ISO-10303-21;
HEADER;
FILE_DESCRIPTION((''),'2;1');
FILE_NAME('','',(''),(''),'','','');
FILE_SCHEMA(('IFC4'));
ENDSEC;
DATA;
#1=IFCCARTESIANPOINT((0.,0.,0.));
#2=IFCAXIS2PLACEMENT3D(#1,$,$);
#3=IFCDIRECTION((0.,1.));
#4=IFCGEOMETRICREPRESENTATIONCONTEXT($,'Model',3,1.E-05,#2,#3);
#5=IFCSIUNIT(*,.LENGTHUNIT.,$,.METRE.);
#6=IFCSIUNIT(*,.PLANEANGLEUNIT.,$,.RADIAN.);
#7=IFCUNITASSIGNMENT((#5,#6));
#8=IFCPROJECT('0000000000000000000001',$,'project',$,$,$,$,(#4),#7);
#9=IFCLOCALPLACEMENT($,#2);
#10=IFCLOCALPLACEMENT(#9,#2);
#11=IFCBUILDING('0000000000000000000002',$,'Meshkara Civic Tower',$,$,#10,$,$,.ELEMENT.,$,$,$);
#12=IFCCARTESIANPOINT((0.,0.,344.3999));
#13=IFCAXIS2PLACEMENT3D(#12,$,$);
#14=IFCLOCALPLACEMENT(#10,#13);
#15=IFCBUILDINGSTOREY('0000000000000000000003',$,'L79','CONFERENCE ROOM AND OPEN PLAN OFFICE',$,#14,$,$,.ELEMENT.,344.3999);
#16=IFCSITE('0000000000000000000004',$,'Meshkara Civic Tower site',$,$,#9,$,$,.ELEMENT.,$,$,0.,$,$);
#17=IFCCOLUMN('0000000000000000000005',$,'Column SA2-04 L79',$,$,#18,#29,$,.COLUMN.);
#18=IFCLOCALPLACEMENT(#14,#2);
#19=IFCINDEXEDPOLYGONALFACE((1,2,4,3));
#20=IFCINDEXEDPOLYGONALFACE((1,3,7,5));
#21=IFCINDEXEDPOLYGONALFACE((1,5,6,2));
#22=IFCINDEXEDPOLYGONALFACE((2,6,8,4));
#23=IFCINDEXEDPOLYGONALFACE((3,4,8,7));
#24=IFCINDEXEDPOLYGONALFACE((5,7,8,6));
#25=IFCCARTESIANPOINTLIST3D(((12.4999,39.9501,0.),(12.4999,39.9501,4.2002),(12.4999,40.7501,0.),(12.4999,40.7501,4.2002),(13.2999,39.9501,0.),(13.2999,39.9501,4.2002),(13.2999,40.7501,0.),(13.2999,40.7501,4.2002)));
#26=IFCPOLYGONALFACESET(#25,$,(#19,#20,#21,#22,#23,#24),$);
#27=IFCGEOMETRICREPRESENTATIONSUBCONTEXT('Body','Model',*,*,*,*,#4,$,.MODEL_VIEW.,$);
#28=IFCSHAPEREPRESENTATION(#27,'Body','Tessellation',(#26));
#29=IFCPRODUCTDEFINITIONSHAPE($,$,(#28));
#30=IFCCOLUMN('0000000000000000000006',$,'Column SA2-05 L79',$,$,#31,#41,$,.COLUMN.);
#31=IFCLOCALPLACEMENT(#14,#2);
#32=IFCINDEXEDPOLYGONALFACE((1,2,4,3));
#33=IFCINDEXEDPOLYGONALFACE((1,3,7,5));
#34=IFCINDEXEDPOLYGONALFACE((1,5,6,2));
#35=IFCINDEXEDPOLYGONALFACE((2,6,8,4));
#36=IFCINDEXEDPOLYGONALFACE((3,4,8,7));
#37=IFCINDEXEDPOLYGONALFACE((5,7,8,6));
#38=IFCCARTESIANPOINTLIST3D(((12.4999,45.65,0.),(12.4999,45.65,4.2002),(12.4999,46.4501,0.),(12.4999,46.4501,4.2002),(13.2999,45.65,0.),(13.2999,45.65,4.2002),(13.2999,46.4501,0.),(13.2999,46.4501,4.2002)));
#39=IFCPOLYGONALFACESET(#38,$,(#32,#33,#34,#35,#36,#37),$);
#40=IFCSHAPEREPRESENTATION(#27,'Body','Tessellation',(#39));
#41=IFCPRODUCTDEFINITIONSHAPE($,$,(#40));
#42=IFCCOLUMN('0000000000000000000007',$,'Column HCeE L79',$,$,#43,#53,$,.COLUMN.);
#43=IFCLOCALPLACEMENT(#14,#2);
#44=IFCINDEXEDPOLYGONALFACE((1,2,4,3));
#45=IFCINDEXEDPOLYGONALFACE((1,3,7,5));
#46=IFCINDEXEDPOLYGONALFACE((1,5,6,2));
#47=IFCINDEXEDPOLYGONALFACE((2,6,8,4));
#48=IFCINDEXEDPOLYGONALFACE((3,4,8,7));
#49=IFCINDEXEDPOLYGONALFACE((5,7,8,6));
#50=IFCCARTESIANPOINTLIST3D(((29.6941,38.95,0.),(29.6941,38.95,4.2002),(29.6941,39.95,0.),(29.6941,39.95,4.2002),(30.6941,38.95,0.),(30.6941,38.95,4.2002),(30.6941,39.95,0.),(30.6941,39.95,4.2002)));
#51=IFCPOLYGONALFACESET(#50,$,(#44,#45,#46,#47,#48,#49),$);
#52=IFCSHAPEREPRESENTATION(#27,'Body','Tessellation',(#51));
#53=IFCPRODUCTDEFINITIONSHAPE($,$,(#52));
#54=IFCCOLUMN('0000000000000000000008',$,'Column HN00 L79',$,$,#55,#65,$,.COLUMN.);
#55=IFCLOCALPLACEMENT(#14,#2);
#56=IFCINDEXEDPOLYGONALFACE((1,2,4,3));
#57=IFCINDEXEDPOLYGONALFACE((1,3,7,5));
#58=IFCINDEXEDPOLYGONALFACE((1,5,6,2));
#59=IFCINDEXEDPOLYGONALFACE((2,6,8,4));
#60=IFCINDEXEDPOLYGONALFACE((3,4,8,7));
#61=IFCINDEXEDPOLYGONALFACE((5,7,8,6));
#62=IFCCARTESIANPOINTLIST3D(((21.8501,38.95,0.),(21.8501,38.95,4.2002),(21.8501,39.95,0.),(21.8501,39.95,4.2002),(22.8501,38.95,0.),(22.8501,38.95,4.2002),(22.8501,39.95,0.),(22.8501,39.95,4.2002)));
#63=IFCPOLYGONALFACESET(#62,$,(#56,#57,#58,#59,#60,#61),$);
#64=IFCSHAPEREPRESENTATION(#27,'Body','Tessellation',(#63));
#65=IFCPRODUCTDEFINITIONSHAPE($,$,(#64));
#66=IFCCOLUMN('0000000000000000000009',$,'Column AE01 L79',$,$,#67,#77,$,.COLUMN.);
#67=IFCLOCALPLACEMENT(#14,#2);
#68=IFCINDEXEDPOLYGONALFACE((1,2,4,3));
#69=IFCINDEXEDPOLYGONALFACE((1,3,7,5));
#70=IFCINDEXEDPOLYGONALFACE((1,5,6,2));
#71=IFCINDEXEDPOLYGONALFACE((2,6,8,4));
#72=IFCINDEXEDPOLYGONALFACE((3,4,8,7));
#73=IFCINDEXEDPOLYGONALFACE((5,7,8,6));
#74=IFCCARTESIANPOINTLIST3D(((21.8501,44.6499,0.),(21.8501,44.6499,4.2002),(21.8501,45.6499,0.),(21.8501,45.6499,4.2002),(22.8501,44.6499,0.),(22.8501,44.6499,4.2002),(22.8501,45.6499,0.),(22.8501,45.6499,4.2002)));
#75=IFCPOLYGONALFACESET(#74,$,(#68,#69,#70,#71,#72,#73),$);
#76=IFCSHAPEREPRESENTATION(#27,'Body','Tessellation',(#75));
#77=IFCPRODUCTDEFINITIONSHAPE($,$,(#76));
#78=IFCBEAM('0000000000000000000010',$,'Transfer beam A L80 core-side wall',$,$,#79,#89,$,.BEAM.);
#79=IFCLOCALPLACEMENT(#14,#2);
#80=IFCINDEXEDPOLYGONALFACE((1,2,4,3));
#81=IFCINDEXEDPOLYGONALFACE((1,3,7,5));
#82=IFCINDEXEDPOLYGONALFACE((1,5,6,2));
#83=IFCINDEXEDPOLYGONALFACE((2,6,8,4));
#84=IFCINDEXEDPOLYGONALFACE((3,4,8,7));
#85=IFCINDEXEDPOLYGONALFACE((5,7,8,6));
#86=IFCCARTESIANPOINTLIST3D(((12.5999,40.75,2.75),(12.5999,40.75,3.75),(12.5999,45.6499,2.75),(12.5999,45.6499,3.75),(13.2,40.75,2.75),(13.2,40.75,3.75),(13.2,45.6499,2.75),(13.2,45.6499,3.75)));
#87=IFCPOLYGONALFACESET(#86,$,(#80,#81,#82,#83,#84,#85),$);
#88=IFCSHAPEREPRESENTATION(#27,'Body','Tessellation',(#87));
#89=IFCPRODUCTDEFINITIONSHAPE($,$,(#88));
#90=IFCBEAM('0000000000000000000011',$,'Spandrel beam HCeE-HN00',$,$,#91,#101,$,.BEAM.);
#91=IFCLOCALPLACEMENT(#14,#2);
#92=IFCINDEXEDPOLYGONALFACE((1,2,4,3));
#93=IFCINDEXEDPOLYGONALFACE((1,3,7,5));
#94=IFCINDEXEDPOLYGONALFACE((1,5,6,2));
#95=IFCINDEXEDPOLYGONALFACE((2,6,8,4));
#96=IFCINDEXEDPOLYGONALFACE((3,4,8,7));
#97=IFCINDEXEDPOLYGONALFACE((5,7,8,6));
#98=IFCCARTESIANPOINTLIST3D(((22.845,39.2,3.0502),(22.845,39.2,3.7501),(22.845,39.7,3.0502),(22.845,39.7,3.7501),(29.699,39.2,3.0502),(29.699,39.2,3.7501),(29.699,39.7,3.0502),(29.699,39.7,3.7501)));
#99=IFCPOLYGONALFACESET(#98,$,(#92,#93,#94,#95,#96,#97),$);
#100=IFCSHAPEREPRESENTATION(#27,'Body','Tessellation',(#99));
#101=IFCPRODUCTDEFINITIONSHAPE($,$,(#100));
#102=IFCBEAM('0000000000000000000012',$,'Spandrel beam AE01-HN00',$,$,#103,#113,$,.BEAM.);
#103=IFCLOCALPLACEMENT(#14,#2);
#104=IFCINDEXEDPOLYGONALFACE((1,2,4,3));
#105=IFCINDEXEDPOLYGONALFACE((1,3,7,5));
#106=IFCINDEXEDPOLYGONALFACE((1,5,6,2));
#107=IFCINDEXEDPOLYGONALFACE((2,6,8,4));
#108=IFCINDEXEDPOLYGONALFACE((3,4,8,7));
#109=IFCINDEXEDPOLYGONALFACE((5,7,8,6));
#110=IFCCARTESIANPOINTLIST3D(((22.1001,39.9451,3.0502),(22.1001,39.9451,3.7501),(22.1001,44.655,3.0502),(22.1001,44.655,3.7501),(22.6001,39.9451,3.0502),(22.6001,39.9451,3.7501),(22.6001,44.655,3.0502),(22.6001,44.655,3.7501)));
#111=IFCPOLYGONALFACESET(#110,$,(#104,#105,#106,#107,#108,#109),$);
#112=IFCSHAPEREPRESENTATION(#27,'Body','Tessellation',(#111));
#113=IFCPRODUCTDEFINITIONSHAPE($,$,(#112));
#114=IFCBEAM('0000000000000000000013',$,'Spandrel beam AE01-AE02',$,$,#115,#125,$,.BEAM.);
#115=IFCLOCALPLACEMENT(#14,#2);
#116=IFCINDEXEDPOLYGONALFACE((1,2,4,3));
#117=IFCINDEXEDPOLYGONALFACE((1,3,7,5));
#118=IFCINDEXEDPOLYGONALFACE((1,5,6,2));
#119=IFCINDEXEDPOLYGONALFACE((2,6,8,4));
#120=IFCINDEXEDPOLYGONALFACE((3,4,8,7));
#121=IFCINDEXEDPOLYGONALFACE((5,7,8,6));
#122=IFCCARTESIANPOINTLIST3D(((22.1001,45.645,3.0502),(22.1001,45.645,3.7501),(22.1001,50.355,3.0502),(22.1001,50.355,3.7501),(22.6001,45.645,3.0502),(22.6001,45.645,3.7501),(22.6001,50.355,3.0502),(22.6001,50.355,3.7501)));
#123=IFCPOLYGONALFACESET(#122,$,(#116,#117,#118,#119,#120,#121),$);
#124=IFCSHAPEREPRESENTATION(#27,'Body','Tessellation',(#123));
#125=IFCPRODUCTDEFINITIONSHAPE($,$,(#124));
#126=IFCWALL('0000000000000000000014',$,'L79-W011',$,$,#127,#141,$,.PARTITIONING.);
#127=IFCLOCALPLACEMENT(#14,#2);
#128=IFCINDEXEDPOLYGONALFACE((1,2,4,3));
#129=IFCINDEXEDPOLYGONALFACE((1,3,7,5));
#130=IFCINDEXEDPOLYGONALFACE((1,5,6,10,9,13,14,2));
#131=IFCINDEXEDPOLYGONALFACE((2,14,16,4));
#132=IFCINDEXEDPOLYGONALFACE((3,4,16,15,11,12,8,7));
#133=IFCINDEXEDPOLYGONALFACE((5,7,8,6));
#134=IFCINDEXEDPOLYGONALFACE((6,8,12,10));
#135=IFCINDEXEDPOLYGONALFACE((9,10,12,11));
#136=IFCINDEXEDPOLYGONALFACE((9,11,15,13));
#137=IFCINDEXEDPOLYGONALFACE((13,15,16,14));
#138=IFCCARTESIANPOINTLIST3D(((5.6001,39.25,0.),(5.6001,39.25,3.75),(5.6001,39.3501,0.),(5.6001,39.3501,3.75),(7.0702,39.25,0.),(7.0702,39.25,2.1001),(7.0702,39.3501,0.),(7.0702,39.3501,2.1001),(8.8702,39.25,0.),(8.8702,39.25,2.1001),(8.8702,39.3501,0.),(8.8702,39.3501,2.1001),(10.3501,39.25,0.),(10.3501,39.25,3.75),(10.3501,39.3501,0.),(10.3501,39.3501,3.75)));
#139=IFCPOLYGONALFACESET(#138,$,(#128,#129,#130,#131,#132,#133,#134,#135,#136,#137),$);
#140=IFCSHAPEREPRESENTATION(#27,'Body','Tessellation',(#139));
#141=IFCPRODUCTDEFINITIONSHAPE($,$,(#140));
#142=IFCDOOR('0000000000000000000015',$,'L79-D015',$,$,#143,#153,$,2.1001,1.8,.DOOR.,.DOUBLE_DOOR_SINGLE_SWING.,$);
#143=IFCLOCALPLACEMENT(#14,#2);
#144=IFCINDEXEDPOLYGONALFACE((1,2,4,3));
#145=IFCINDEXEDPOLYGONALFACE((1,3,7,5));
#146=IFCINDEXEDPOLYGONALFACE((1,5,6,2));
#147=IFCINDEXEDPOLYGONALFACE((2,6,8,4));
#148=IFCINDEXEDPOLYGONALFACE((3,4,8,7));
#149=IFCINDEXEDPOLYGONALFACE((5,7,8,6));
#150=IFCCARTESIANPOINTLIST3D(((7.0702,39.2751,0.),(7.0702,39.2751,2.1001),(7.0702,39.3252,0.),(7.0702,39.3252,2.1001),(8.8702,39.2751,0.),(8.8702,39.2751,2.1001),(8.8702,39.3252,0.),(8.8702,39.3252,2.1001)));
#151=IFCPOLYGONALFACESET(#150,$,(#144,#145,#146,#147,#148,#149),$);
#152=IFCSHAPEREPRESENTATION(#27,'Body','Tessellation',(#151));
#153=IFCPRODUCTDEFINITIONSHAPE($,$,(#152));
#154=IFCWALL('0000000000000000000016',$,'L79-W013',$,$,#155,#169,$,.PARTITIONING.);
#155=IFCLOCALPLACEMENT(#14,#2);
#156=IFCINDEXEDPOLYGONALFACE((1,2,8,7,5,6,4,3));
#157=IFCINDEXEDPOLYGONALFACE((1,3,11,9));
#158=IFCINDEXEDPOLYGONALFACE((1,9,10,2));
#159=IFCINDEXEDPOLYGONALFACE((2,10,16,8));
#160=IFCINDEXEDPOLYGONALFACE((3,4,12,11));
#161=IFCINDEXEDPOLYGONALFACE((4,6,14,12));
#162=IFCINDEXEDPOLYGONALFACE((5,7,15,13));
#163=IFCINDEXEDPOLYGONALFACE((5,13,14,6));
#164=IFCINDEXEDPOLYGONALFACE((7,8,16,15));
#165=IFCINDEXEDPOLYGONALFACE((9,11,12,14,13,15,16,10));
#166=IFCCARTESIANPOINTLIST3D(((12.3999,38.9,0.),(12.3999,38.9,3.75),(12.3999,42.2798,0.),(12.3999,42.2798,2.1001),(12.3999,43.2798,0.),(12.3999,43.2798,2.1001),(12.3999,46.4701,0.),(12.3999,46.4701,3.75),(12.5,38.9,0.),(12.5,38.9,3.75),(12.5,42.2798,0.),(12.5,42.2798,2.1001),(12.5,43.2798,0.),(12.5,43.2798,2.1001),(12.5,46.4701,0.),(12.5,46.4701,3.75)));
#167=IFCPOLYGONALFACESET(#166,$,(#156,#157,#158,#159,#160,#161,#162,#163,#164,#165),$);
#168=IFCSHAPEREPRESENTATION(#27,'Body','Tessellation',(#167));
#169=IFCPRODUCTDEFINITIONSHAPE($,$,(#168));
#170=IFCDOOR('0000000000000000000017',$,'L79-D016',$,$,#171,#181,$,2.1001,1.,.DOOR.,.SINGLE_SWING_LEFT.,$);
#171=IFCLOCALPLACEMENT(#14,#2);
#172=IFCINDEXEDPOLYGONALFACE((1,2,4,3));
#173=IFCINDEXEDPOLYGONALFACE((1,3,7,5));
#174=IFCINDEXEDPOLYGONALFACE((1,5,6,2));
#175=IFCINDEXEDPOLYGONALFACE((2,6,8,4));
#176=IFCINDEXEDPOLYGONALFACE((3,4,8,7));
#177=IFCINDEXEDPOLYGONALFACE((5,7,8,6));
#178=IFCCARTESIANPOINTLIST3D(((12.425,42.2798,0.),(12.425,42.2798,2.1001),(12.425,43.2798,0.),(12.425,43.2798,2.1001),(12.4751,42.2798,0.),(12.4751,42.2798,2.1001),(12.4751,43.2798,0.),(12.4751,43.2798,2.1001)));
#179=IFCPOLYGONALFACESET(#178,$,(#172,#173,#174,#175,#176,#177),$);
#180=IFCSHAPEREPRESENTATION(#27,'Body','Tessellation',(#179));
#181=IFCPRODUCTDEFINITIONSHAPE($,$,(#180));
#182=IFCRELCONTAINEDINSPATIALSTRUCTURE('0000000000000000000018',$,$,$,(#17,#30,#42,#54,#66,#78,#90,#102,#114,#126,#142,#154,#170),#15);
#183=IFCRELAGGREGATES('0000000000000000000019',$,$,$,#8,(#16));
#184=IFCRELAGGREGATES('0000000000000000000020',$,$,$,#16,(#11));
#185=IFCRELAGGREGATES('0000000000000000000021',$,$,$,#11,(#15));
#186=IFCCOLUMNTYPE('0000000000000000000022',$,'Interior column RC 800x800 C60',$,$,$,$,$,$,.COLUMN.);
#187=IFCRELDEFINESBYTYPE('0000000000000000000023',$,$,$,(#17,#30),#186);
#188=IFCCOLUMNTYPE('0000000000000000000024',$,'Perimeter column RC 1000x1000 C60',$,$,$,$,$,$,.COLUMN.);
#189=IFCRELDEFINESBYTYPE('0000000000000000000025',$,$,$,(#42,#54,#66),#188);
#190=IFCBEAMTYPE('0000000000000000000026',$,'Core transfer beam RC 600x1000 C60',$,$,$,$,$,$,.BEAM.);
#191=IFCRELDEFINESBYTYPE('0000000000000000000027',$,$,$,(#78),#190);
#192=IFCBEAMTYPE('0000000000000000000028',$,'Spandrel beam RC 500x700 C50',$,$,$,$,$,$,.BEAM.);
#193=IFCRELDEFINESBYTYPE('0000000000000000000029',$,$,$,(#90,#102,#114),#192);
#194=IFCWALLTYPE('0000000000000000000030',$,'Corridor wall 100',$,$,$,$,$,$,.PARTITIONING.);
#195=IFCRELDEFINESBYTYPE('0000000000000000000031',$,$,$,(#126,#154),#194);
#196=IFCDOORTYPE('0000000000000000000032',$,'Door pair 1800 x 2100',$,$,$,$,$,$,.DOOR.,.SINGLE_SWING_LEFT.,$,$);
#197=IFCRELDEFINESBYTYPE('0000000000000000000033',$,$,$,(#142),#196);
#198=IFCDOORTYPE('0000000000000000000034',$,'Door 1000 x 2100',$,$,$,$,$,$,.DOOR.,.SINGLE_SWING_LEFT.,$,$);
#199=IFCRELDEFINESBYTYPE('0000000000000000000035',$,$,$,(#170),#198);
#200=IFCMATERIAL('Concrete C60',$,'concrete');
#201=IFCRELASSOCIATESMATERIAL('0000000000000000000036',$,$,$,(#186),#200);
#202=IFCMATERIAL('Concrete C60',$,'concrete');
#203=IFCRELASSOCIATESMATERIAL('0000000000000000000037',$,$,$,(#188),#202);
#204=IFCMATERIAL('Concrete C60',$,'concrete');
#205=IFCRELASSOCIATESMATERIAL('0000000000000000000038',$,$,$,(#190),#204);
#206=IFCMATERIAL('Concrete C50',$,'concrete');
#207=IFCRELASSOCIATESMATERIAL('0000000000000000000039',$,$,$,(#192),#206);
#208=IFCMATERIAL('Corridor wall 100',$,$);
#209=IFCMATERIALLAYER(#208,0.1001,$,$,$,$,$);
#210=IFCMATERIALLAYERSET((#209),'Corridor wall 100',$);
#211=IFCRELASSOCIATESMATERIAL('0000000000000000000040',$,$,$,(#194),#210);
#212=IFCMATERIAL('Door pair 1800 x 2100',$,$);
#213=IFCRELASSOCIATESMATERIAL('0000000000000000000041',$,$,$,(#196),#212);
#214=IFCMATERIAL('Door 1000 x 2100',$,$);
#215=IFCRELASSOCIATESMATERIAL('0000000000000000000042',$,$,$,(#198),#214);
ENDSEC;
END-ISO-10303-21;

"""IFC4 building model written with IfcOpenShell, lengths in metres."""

from ifc_helpers import new_model, si_unit, direction, frame, frame_2d, origin, origin_2d, place, context, subcontext, project, spatial, rectangle, extrude, material, layer, layer_set, material_profile, profile_set, type_object, element, fill, save


model = new_model("IFC4")

# Units and contexts
model_context = context("Model", 3, precision=1e-05, world=origin(), true_north=direction((0.0, 1.0)))
body_context = subcontext(model_context, "Body", "Model", "MODEL_VIEW")
ifc_project = project(units=[si_unit("LENGTHUNIT", "METRE"), si_unit("PLANEANGLEUNIT", "RADIAN")], contexts=[model_context])

# Site, building, storey
site_placement = place(None, origin())
site = spatial("IfcSite", under=ifc_project, at=site_placement, Name="Meshkara Civic Tower site", CompositionType="ELEMENT", RefElevation=0.0)
building_placement = place(site_placement, origin())
building = spatial("IfcBuilding", under=site, at=building_placement, Name="Meshkara Civic Tower", CompositionType="ELEMENT")
storey_placement = place(building_placement, frame((0.0, 0.0, 344.3999)))
storey = spatial("IfcBuildingStorey", under=building, at=storey_placement, Name="L79", Description="CONFERENCE ROOM AND OPEN PLAN OFFICE", CompositionType="ELEMENT", Elevation=344.3999)

# Columns
ifc_material_1 = material(Name="Concrete C60", Category="concrete")
ifc_material_profile_1 = material_profile(ifc_material_1, rectangle(XDim=0.8, YDim=0.8, at=origin_2d()))
ifc_profile_set_1 = profile_set([ifc_material_profile_1], Name="Concrete C60")
column_type_1 = type_object("IfcColumnType", Name="Interior column RC 800x800 C60", PredefinedType="COLUMN", material=ifc_profile_set_1)
for number, where, z_axis, x_axis, name in (
    (1, (12.8999, 40.3501, 0.0), (0.0, 0.0, 1.0), (1.0, 0.0, 0.0), "Column SA2-04 L79"),
    (2, (12.8999, 46.05, 0.0), (0.0, 0.0, 1.0), (1.0, 0.0, 0.0), "Column SA2-05 L79"),
):
    element("IfcColumn", number, at=place(storey_placement, frame(where, z_axis=z_axis, x_axis=x_axis)), inside=storey, type_object=column_type_1, Name=name, PredefinedType="COLUMN", context=body_context, shape_type="SweptSolid", body=[
        extrude(rectangle(XDim=0.8, YDim=0.8, at=origin_2d()), origin(), (0.0, 0.0, 1.0), 4.2002),
    ])
ifc_material_2 = material(Name="Concrete C60", Category="concrete")
ifc_material_profile_2 = material_profile(ifc_material_2, rectangle(XDim=1.0, YDim=1.0, at=origin_2d()))
ifc_profile_set_2 = profile_set([ifc_material_profile_2], Name="Concrete C60")
column_type_2 = type_object("IfcColumnType", Name="Perimeter column RC 1000x1000 C60", PredefinedType="COLUMN", material=ifc_profile_set_2)
for number, where, z_axis, x_axis, name in (
    (3, (30.1941, 39.45, 0.0), (0.0, 0.0, 1.0), (1.0, 0.0, 0.0), "Column HCeE L79"),
    (4, (22.3501, 39.45, 0.0), (0.0, 0.0, 1.0), (1.0, 0.0, 0.0), "Column HN00 L79"),
    (5, (22.3501, 45.1499, 0.0), (0.0, 0.0, 1.0), (1.0, 0.0, 0.0), "Column AE01 L79"),
):
    element("IfcColumn", number, at=place(storey_placement, frame(where, z_axis=z_axis, x_axis=x_axis)), inside=storey, type_object=column_type_2, Name=name, PredefinedType="COLUMN", context=body_context, shape_type="SweptSolid", body=[
        extrude(rectangle(XDim=1.0, YDim=1.0, at=origin_2d()), origin(), (0.0, 0.0, 1.0), 4.2002),
    ])

# Beams
ifc_material_3 = material(Name="Concrete C60", Category="concrete")
ifc_material_profile_3 = material_profile(ifc_material_3, rectangle(XDim=0.6001, YDim=1.0, at=origin_2d()))
ifc_profile_set_3 = profile_set([ifc_material_profile_3], Name="Concrete C60")
beam_type_1 = type_object("IfcBeamType", Name="Core transfer beam RC 600x1000 C60", PredefinedType="BEAM", material=ifc_profile_set_3)
beam_1_placement = place(storey_placement, frame((12.8999, 40.75, 3.25), z_axis=(0.0, 1.0, 0.0), x_axis=(-1.0, 0.0, 0.0)))
element("IfcBeam", 6, at=beam_1_placement, inside=storey, type_object=beam_type_1, Name="Transfer beam A L80 core-side wall", PredefinedType="BEAM", context=body_context, shape_type="SweptSolid", body=[
    extrude(rectangle(XDim=0.6001, YDim=1.0, at=origin_2d()), origin(), (0.0, 0.0, 1.0), 4.8999),
])
ifc_material_4 = material(Name="Concrete C50", Category="concrete")
ifc_material_profile_4 = material_profile(ifc_material_4, rectangle(XDim=0.5, YDim=0.7, at=origin_2d()))
ifc_profile_set_4 = profile_set([ifc_material_profile_4], Name="Concrete C50")
beam_type_2 = type_object("IfcBeamType", Name="Spandrel beam RC 500x700 C50", PredefinedType="BEAM", material=ifc_profile_set_4)
beam_2_placement = place(storey_placement, frame((29.699, 39.45, 3.4001), z_axis=(-1.0, 0.0, 0.0), x_axis=(0.0, -1.0, 0.0)))
element("IfcBeam", 7, at=beam_2_placement, inside=storey, type_object=beam_type_2, Name="Spandrel beam HCeE-HN00", PredefinedType="BEAM", context=body_context, shape_type="SweptSolid", body=[
    extrude(rectangle(XDim=0.5, YDim=0.7, at=origin_2d()), origin(), (0.0, 0.0, 1.0), 6.854),
])
for number, where, z_axis, x_axis, name in (
    (8, (22.3501, 39.9451, 3.4001), (0.0, 1.0, 0.0), (-1.0, 0.0, 0.0), "Spandrel beam AE01-HN00"),
    (9, (22.3501, 45.645, 3.4001), (0.0, 1.0, 0.0), (-1.0, 0.0, 0.0), "Spandrel beam AE01-AE02"),
):
    element("IfcBeam", number, at=place(storey_placement, frame(where, z_axis=z_axis, x_axis=x_axis)), inside=storey, type_object=beam_type_2, Name=name, PredefinedType="BEAM", context=body_context, shape_type="SweptSolid", body=[
        extrude(rectangle(XDim=0.5, YDim=0.7, at=origin_2d()), origin(), (0.0, 0.0, 1.0), 4.71),
    ])

# Walls, openings, doors
ifc_material_5 = material(Name="Corridor wall 100")
ifc_layer_1 = layer(ifc_material_5, 0.1001)
ifc_layer_set_1 = layer_set([ifc_layer_1], Name="Corridor wall 100")
wall_type_1 = type_object("IfcWallType", Name="Corridor wall 100", PredefinedType="PARTITIONING", material=ifc_layer_set_1)
wall_1_placement = place(storey_placement, frame((10.3501, 39.3, 0.0), z_axis=(0.0, 0.0, 1.0), x_axis=(-1.0, 0.0, 0.0)))
wall_1 = element("IfcWall", 10, at=wall_1_placement, inside=storey, type_object=wall_type_1, Name="L79-W011", PredefinedType="PARTITIONING", context=body_context, shape_type="SweptSolid", body=[
    extrude(rectangle(XDim=4.75, YDim=0.1001, at=frame_2d((2.375, 0.0))), origin(), (0.0, 0.0, 1.0), 3.75),
])
opening_1_placement = place(wall_1_placement, frame((1.48, 0.0, 0.0)))
opening_1 = element("IfcOpeningElement", 11, at=opening_1_placement, cuts=wall_1, PredefinedType="OPENING", context=body_context, shape_type="SweptSolid", body=[
    extrude(rectangle(XDim=1.8, YDim=2.1001, at=frame_2d((0.8999, 1.05))), frame((0.0, 0.0601, 0.0), z_axis=(0.0, -1.0, 0.0), x_axis=(1.0, 0.0, 0.0)), (0.0, 0.0, 1.0), 0.1201),
])
ifc_material_6 = material(Name="Door pair 1800 x 2100")
door_type_1 = type_object("IfcDoorType", Name="Door pair 1800 x 2100", OperationType="SINGLE_SWING_LEFT", PredefinedType="DOOR", material=ifc_material_6)
door_1_placement = place(opening_1_placement, origin())
door_1 = element("IfcDoor", 12, at=door_1_placement, inside=storey, type_object=door_type_1, Name="L79-D015", OperationType="DOUBLE_DOOR_SINGLE_SWING", OverallHeight=2.1001, OverallWidth=1.8, PredefinedType="DOOR", context=body_context, shape_type="SweptSolid", body=[
    extrude(rectangle(XDim=1.8, YDim=2.1001, at=frame_2d((0.8999, 1.05))), frame((0.0, 0.0249, 0.0), z_axis=(0.0, -1.0, 0.0), x_axis=(1.0, 0.0, 0.0)), (0.0, 0.0, 1.0), 0.05),
])
fill(opening_1, door_1)
wall_2_placement = place(storey_placement, frame((12.45, 38.8999, 0.0), z_axis=(0.0, 0.0, 1.0), x_axis=(0.0, 1.0, 0.0)))
wall_2 = element("IfcWall", 13, at=wall_2_placement, inside=storey, type_object=wall_type_1, Name="L79-W013", PredefinedType="PARTITIONING", context=body_context, shape_type="SweptSolid", body=[
    extrude(rectangle(XDim=7.5701, YDim=0.1001, at=frame_2d((3.7852, 0.0))), origin(), (0.0, 0.0, 1.0), 3.75),
])
opening_2_placement = place(wall_2_placement, frame((3.3799, 0.0, 0.0)))
opening_2 = element("IfcOpeningElement", 14, at=opening_2_placement, cuts=wall_2, PredefinedType="OPENING", context=body_context, shape_type="SweptSolid", body=[
    extrude(rectangle(XDim=1.0, YDim=2.1001, at=frame_2d((0.5, 1.05))), frame((0.0, 0.0601, 0.0), z_axis=(0.0, -1.0, 0.0), x_axis=(1.0, 0.0, 0.0)), (0.0, 0.0, 1.0), 0.1201),
])
ifc_material_7 = material(Name="Door 1000 x 2100")
door_type_2 = type_object("IfcDoorType", Name="Door 1000 x 2100", OperationType="SINGLE_SWING_LEFT", PredefinedType="DOOR", material=ifc_material_7)
door_2_placement = place(opening_2_placement, origin())
door_2 = element("IfcDoor", 15, at=door_2_placement, inside=storey, type_object=door_type_2, Name="L79-D016", OperationType="SINGLE_SWING_LEFT", OverallHeight=2.1001, OverallWidth=1.0, PredefinedType="DOOR", context=body_context, shape_type="SweptSolid", body=[
    extrude(rectangle(XDim=1.0, YDim=2.1001, at=frame_2d((0.5, 1.05))), frame((0.0, 0.0249, 0.0), z_axis=(0.0, -1.0, 0.0), x_axis=(1.0, 0.0, 0.0)), (0.0, 0.0, 1.0), 0.05),
])
fill(opening_2, door_2)

save(model, "model.ifc")
